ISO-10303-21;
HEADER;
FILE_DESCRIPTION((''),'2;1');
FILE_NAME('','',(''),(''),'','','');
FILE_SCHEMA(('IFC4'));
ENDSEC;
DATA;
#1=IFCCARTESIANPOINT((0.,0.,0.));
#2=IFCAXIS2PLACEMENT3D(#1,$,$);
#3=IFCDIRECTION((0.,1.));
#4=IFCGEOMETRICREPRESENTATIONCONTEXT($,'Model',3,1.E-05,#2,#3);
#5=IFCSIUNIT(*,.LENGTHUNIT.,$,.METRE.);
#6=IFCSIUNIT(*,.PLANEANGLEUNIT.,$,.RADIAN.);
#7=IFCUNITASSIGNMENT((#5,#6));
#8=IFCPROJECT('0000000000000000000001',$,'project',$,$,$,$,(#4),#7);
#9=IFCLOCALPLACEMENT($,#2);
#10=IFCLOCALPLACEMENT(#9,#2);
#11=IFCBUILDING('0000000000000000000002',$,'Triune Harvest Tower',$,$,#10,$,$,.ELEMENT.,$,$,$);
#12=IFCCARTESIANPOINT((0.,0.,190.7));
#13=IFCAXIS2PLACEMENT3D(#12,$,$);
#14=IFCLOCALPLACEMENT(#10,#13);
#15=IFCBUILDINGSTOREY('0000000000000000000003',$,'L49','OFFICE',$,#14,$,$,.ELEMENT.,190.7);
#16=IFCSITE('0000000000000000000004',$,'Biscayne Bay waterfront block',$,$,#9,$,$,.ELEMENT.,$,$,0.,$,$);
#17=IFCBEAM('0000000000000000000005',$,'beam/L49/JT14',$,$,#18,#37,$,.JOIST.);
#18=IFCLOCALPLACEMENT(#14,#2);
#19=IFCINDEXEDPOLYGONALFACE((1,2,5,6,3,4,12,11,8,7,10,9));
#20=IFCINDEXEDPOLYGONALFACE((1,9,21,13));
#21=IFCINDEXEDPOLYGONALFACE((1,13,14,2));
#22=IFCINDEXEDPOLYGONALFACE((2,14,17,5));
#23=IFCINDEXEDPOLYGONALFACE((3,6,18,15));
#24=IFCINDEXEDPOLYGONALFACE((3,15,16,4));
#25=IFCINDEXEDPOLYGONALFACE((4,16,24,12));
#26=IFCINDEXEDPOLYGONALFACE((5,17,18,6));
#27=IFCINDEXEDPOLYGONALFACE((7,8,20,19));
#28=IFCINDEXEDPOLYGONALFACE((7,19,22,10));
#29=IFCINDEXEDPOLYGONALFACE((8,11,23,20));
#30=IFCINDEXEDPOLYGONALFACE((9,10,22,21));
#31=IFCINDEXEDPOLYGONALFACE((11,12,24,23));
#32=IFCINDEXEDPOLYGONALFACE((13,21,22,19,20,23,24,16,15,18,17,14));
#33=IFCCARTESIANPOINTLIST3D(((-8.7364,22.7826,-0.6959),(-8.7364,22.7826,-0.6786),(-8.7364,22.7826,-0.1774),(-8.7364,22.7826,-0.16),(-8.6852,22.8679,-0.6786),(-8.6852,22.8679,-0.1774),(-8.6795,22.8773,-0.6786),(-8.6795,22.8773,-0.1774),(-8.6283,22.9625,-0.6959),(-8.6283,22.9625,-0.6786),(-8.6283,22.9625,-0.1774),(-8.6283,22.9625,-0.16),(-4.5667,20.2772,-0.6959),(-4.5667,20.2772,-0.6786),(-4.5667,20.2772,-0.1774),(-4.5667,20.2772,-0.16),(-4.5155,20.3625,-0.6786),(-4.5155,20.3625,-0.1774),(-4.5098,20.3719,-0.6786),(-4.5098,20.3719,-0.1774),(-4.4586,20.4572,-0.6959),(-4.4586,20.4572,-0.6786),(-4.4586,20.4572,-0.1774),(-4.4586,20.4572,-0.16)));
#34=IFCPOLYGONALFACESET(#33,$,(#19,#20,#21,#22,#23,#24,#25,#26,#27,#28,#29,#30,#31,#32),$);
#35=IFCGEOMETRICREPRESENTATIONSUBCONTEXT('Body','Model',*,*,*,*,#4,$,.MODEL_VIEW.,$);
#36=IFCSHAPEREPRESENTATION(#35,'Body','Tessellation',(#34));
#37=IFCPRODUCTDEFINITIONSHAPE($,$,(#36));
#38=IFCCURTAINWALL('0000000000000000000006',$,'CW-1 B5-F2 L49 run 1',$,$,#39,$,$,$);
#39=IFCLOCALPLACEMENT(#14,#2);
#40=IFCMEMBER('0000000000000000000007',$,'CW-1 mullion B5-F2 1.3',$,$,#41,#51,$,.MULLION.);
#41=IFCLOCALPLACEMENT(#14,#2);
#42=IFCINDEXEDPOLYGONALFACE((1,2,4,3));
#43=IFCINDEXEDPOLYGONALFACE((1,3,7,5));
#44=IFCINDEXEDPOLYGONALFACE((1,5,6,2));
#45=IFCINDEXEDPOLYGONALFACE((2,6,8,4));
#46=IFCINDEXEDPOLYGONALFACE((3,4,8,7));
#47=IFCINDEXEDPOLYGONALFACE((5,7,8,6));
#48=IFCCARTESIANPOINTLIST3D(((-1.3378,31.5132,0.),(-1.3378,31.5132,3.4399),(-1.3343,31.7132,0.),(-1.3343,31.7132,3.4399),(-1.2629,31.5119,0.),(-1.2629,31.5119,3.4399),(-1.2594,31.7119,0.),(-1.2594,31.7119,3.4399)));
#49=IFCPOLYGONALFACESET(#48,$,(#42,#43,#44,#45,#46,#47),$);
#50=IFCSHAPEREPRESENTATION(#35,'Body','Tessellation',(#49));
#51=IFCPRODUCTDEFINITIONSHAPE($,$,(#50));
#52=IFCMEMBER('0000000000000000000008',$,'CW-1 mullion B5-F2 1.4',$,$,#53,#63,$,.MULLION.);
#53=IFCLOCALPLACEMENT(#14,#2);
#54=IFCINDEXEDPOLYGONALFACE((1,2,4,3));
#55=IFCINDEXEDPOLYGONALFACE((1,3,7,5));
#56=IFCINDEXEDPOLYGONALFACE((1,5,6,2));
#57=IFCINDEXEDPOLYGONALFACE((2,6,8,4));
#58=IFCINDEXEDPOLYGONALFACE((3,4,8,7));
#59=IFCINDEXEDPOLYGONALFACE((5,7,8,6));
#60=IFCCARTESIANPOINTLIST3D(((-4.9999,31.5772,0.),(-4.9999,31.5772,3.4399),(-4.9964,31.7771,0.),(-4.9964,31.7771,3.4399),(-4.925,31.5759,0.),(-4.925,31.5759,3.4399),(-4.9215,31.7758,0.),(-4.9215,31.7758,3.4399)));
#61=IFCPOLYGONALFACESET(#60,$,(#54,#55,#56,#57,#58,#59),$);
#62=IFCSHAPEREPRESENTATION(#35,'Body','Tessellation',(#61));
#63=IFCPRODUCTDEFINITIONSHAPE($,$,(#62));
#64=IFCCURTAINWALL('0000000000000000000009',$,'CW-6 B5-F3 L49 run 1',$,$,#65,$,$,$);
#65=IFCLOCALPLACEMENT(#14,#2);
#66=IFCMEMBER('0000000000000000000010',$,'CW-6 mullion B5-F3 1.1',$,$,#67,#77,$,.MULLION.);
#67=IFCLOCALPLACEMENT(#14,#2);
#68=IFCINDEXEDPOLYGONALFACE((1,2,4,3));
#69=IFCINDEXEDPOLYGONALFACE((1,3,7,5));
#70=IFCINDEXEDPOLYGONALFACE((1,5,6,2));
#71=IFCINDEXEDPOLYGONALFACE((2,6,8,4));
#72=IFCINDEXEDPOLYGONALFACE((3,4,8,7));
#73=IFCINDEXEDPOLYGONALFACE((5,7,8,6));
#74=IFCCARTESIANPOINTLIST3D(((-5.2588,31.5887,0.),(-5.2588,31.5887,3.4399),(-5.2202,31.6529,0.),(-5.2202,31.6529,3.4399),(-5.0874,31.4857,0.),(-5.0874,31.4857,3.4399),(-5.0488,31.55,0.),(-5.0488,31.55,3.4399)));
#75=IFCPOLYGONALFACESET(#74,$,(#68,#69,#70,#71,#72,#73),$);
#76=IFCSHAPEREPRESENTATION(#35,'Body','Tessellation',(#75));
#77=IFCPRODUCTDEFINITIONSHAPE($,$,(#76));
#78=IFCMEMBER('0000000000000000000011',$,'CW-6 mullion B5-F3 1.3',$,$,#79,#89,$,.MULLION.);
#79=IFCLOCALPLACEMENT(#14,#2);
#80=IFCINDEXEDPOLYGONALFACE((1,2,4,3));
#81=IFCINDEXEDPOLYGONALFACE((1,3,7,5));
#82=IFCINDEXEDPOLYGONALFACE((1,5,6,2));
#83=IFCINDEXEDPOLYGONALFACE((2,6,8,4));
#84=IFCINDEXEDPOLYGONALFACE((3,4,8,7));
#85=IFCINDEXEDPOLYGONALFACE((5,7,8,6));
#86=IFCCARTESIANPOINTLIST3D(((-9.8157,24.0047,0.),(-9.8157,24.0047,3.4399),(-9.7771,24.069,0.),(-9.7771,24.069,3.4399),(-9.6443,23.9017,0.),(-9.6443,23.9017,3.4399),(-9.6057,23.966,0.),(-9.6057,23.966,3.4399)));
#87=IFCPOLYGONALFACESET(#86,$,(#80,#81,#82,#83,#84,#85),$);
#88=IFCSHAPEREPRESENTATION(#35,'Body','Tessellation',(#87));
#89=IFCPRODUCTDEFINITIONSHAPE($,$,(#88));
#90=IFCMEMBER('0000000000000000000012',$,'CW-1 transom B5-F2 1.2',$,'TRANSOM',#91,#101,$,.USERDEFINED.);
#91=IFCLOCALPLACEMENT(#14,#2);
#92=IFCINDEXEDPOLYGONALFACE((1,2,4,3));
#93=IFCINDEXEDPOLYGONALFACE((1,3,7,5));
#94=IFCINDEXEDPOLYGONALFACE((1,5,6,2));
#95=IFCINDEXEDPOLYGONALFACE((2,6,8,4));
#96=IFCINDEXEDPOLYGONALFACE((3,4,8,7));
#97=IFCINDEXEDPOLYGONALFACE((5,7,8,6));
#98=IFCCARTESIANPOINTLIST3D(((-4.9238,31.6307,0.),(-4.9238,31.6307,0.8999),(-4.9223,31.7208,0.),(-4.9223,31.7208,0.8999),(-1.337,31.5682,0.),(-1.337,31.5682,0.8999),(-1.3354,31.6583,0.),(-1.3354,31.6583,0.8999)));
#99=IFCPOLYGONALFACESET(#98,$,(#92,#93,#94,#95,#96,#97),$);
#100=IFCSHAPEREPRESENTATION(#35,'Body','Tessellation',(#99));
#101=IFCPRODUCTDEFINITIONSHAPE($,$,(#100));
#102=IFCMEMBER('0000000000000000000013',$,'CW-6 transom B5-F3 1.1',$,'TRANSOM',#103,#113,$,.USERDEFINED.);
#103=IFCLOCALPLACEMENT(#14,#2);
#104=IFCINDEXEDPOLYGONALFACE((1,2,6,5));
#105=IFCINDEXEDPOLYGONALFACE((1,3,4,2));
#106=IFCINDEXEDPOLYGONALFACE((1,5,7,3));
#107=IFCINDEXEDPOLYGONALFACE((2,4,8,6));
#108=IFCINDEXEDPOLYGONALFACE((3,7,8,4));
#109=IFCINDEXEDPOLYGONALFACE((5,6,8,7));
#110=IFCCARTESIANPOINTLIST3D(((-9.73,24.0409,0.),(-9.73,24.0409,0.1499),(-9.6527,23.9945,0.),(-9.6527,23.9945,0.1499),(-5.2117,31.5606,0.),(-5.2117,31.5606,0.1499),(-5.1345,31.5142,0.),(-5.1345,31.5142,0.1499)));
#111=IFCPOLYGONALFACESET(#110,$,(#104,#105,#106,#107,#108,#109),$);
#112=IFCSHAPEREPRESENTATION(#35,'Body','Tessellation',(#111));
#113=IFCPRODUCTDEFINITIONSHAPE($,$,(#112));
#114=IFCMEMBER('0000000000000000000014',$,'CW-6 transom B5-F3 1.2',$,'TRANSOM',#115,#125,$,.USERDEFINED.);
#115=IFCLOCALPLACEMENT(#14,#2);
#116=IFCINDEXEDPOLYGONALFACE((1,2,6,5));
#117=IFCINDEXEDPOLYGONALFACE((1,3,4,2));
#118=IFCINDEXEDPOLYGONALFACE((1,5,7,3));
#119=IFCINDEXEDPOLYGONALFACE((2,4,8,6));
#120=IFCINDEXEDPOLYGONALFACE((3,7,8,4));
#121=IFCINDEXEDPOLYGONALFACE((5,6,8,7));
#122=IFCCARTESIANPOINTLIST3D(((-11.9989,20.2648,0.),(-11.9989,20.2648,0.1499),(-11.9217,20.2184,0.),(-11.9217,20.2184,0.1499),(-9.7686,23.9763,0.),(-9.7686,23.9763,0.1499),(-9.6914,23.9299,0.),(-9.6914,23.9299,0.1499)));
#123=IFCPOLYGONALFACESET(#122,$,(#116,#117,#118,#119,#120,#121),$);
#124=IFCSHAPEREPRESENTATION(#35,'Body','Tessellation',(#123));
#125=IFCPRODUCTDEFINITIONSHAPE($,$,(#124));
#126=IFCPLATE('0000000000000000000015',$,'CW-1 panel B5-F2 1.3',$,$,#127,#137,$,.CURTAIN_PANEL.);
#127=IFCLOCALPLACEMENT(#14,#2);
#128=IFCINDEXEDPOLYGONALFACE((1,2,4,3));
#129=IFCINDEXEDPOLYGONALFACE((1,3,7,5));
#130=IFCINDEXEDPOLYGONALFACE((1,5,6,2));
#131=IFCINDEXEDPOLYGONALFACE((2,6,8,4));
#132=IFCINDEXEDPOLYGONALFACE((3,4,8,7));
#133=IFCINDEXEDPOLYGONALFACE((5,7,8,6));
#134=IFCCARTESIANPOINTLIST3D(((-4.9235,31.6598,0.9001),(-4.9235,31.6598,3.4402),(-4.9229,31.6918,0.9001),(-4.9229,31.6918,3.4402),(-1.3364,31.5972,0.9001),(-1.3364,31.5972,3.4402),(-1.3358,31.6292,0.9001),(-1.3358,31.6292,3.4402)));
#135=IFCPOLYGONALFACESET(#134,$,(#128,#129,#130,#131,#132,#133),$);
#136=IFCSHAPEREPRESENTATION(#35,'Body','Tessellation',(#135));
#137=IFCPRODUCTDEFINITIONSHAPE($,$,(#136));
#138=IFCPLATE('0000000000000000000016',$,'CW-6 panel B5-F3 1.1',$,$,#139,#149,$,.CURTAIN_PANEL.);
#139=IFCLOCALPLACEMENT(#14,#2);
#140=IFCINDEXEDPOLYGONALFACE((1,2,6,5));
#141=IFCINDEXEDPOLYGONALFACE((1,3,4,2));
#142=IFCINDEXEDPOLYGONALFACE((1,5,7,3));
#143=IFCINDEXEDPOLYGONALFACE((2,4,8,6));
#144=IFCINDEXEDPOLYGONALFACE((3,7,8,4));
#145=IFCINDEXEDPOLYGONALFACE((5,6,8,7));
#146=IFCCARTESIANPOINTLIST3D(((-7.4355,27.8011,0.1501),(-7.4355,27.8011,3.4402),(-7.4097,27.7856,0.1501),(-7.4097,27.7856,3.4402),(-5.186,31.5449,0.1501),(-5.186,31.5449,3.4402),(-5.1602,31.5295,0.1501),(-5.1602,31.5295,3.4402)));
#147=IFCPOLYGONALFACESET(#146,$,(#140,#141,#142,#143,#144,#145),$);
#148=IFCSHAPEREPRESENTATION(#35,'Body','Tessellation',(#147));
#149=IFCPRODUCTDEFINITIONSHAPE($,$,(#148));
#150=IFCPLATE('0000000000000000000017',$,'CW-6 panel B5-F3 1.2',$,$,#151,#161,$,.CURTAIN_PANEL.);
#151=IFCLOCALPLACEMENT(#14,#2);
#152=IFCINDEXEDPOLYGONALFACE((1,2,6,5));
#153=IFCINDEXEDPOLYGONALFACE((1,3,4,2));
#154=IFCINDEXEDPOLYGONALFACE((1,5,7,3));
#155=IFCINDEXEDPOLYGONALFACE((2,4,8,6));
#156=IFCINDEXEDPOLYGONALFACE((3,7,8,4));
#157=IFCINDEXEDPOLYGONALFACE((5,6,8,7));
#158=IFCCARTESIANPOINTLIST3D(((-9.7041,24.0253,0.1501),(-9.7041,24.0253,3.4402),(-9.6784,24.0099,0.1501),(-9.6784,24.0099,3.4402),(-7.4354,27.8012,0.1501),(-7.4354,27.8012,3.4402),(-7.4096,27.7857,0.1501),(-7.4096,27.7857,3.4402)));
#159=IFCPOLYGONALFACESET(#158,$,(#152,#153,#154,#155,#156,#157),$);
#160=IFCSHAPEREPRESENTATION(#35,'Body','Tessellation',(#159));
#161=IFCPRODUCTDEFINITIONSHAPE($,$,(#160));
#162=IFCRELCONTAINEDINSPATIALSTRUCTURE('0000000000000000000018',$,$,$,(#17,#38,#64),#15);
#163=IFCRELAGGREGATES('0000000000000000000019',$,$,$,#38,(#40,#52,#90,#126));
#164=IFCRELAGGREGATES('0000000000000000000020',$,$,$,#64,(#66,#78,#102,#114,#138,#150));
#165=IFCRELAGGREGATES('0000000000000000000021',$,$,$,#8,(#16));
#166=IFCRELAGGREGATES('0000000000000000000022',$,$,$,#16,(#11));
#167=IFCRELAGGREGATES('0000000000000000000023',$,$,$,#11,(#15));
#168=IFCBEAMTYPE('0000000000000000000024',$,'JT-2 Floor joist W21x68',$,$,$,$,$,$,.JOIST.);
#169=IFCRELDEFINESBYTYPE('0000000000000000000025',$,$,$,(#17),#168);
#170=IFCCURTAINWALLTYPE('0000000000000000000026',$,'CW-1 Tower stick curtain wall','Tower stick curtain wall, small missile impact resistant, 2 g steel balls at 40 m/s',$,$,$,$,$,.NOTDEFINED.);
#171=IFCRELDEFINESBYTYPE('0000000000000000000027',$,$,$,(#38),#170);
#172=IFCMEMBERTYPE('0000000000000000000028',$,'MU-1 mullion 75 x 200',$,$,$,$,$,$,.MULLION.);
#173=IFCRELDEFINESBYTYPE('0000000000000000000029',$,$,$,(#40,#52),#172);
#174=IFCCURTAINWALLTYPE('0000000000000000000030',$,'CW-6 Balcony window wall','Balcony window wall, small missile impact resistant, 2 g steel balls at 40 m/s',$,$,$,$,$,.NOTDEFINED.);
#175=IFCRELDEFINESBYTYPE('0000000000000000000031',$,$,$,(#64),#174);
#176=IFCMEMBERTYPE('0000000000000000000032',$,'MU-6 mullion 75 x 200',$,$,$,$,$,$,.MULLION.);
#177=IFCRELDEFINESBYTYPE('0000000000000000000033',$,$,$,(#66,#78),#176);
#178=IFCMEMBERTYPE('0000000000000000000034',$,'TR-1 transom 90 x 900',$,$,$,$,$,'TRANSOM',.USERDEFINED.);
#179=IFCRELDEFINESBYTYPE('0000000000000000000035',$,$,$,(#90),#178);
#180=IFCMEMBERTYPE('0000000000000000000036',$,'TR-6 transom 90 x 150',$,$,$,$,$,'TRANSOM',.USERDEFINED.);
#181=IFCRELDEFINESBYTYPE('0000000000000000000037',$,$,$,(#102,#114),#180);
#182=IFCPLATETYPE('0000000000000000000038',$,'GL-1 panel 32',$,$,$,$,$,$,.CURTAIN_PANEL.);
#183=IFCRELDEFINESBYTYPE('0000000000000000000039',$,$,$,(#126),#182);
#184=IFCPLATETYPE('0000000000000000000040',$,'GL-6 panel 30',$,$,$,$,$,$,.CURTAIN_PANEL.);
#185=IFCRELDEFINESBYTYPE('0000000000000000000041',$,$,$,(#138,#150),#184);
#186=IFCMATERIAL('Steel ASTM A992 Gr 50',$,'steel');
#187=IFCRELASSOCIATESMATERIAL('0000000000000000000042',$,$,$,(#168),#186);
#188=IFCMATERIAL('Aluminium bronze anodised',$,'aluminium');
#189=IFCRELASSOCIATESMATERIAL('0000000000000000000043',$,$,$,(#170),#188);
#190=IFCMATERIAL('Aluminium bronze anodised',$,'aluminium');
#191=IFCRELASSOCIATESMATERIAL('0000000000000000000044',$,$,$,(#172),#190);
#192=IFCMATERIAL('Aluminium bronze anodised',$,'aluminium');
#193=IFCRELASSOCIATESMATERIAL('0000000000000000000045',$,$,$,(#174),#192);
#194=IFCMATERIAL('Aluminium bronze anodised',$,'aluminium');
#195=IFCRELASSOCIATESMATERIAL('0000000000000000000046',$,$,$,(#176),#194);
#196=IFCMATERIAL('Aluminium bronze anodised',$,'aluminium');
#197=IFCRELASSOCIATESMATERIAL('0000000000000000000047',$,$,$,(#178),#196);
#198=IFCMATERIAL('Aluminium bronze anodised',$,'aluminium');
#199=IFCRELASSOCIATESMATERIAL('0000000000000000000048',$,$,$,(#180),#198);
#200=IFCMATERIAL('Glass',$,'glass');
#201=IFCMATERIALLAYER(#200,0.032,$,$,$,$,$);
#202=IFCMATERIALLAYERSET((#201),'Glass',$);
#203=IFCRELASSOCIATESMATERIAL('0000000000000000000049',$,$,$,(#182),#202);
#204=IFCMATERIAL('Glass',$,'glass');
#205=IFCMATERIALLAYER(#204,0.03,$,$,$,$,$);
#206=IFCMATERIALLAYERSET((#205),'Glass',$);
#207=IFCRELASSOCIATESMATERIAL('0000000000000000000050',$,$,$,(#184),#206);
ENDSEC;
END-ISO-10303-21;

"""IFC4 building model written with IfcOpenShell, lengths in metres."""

from ifc_helpers import new_model, si_unit, direction, frame, origin, origin_2d, place, context, subcontext, project, spatial, rectangle, i_section, extrude, source, transform, mapped, material, layer, layer_set, material_profile, profile_set, type_object, element, aggregate, save


model = new_model("IFC4")

# Units and contexts
model_context = context("Model", 3, precision=1e-05, world=origin(), true_north=direction((0.0, 1.0)))
body_context = subcontext(model_context, "Body", "Model", "MODEL_VIEW")
ifc_project = project(units=[si_unit("LENGTHUNIT", "METRE"), si_unit("PLANEANGLEUNIT", "RADIAN")], contexts=[model_context])

# Site, building, storey
site_placement = place(None, origin())
site = spatial("IfcSite", under=ifc_project, at=site_placement, Name="Biscayne Bay waterfront block", CompositionType="ELEMENT", RefElevation=0.0)
building_placement = place(site_placement, origin())
building = spatial("IfcBuilding", under=site, at=building_placement, Name="Triune Harvest Tower", CompositionType="ELEMENT")
storey_placement = place(building_placement, frame((0.0, 0.0, 190.7)))
storey = spatial("IfcBuildingStorey", under=building, at=storey_placement, Name="L49", Description="OFFICE", CompositionType="ELEMENT", Elevation=190.7)

# Beam
ifc_material_1 = material(Name="Steel ASTM A992 Gr 50", Category="steel")
ifc_material_profile_1 = material_profile(ifc_material_1, i_section(OverallWidth=0.21, OverallDepth=0.5359, WebThickness=0.011, FlangeThickness=0.0173, at=origin_2d()), Name="W21x68")
ifc_profile_set_1 = profile_set([ifc_material_profile_1], Name="Steel ASTM A992 Gr 50")
beam_type_1 = type_object("IfcBeamType", Name="JT-2 Floor joist W21x68", PredefinedType="JOIST", material=ifc_profile_set_1)
shared_shape_1 = source(origin(), body_context, "Body", "SweptSolid", [
    extrude(i_section(OverallWidth=0.21, OverallDepth=0.5359, WebThickness=0.011, FlangeThickness=0.0173, at=origin_2d()), origin(), (0.0, 0.0, 1.0), 4.8645),
])
beam_1_placement = place(storey_placement, frame((-8.6824, 22.8726, -0.428), z_axis=(0.857169, -0.515034, 0.0), x_axis=(0.515034, 0.857169, 0.0)))
element("IfcBeam", 1, at=beam_1_placement, inside=storey, type_object=beam_type_1, Name="beam/L49/JT14", PredefinedType="JOIST", context=body_context, shape_type="MappedRepresentation", body=[
    mapped(shared_shape_1, transform((0.0, 0.0, 0.0), scale=1.0)),
])

# Curtain walls, members
ifc_material_2 = material(Name="Aluminium bronze anodised", Category="aluminium")
curtain_wall_type_1 = type_object("IfcCurtainWallType", Name="CW-1 Tower stick curtain wall", Description="Tower stick curtain wall, small missile impact resistant, 2 g steel balls at 40 m/s", PredefinedType="NOTDEFINED", material=ifc_material_2)
curtain_wall_1_placement = place(storey_placement, origin())
curtain_wall_1 = element("IfcCurtainWall", 2, at=curtain_wall_1_placement, inside=storey, type_object=curtain_wall_type_1, Name="CW-1 B5-F2 L49 run 1")
ifc_material_3 = material(Name="Aluminium bronze anodised", Category="aluminium")
ifc_material_profile_2 = material_profile(ifc_material_3, rectangle(XDim=0.2, YDim=0.075, at=origin_2d()), Name="MU-1 mullion 75 x 200")
ifc_profile_set_2 = profile_set([ifc_material_profile_2], Name="Aluminium bronze anodised")
member_type_1 = type_object("IfcMemberType", Name="MU-1 mullion 75 x 200", PredefinedType="MULLION", material=ifc_profile_set_2)
shared_shape_2 = source(origin(), body_context, "Body", "SweptSolid", [
    extrude(rectangle(XDim=0.2, YDim=0.075, at=origin_2d()), origin(), (0.0, 0.0, 1.0), 3.4399),
])
member_1_placement = place(storey_placement, frame((-1.2986, 31.6125, 0.0), z_axis=(0.0, 0.0, 1.0), x_axis=(-0.017446, -0.999848, 0.0)))
member_1 = element("IfcMember", 3, at=member_1_placement, type_object=member_type_1, Name="CW-1 mullion B5-F2 1.3", PredefinedType="MULLION", context=body_context, shape_type="MappedRepresentation", body=[
    mapped(shared_shape_2, transform((0.0, 0.0, 0.0), scale=1.0)),
])
member_2_placement = place(storey_placement, frame((-4.9607, 31.6765, 0.0), z_axis=(0.0, 0.0, 1.0), x_axis=(-0.017446, -0.999848, 0.0)))
member_2 = element("IfcMember", 4, at=member_2_placement, type_object=member_type_1, Name="CW-1 mullion B5-F2 1.4", PredefinedType="MULLION", context=body_context, shape_type="MappedRepresentation", body=[
    mapped(shared_shape_2, transform((0.0, 0.0, 0.0), scale=1.0)),
])
ifc_material_4 = material(Name="Aluminium bronze anodised", Category="aluminium")
curtain_wall_type_2 = type_object("IfcCurtainWallType", Name="CW-6 Balcony window wall", Description="Balcony window wall, small missile impact resistant, 2 g steel balls at 40 m/s", PredefinedType="NOTDEFINED", material=ifc_material_4)
curtain_wall_2_placement = place(storey_placement, origin())
curtain_wall_2 = element("IfcCurtainWall", 5, at=curtain_wall_2_placement, inside=storey, type_object=curtain_wall_type_2, Name="CW-6 B5-F3 L49 run 1")
ifc_material_5 = material(Name="Aluminium bronze anodised", Category="aluminium")
ifc_material_profile_3 = material_profile(ifc_material_5, rectangle(XDim=0.2, YDim=0.075, at=origin_2d()), Name="MU-6 mullion 75 x 200")
ifc_profile_set_3 = profile_set([ifc_material_profile_3], Name="Aluminium bronze anodised")
member_type_2 = type_object("IfcMemberType", Name="MU-6 mullion 75 x 200", PredefinedType="MULLION", material=ifc_profile_set_3)
shared_shape_3 = source(origin(), body_context, "Body", "SweptSolid", [
    extrude(rectangle(XDim=0.2, YDim=0.075, at=origin_2d()), origin(), (0.0, 0.0, 1.0), 3.4399),
])
member_3_placement = place(storey_placement, frame((-5.1538, 31.5693, 0.0), z_axis=(0.0, 0.0, 1.0), x_axis=(0.857169, -0.515036, 0.0)))
member_3 = element("IfcMember", 6, at=member_3_placement, type_object=member_type_2, Name="CW-6 mullion B5-F3 1.1", PredefinedType="MULLION", context=body_context, shape_type="MappedRepresentation", body=[
    mapped(shared_shape_3, transform((0.0, 0.0, 0.0), scale=1.0)),
])
member_4_placement = place(storey_placement, frame((-9.7107, 23.9854, 0.0), z_axis=(0.0, 0.0, 1.0), x_axis=(0.857169, -0.515036, 0.0)))
member_4 = element("IfcMember", 7, at=member_4_placement, type_object=member_type_2, Name="CW-6 mullion B5-F3 1.3", PredefinedType="MULLION", context=body_context, shape_type="MappedRepresentation", body=[
    mapped(shared_shape_3, transform((0.0, 0.0, 0.0), scale=1.0)),
])

# Members
ifc_material_6 = material(Name="Aluminium bronze anodised", Category="aluminium")
ifc_material_profile_4 = material_profile(ifc_material_6, rectangle(XDim=0.0901, YDim=0.8999, at=origin_2d()), Name="TR-1 transom 90 x 900")
ifc_profile_set_4 = profile_set([ifc_material_profile_4], Name="Aluminium bronze anodised")
member_type_3 = type_object("IfcMemberType", Name="TR-1 transom 90 x 900", ElementType="TRANSOM", PredefinedType="USERDEFINED", material=ifc_profile_set_4)
shared_shape_4 = source(origin(), body_context, "Body", "SweptSolid", [
    extrude(rectangle(XDim=0.0901, YDim=0.8999, at=origin_2d()), origin(), (0.0, 0.0, 1.0), 3.5874),
])
member_5_placement = place(storey_placement, frame((-1.3362, 31.6133, 0.45), z_axis=(-0.999848, 0.017422, 0.0), x_axis=(-0.017422, -0.999848, 0.0)))
member_5 = element("IfcMember", 8, at=member_5_placement, type_object=member_type_3, Name="CW-1 transom B5-F2 1.2", ObjectType="TRANSOM", PredefinedType="USERDEFINED", context=body_context, shape_type="MappedRepresentation", body=[
    mapped(shared_shape_4, transform((0.0, 0.0, 0.0), scale=1.0)),
])
ifc_material_7 = material(Name="Aluminium bronze anodised", Category="aluminium")
ifc_material_profile_5 = material_profile(ifc_material_7, rectangle(XDim=0.0901, YDim=0.1499, at=origin_2d()), Name="TR-6 transom 90 x 150")
ifc_profile_set_5 = profile_set([ifc_material_profile_5], Name="Aluminium bronze anodised")
member_type_4 = type_object("IfcMemberType", Name="TR-6 transom 90 x 150", ElementType="TRANSOM", PredefinedType="USERDEFINED", material=ifc_profile_set_5)
shared_shape_5 = source(origin(), body_context, "Body", "SweptSolid", [
    extrude(rectangle(XDim=0.0901, YDim=0.1499, at=origin_2d()), origin(), (0.0, 0.0, 1.0), 8.7727),
])
member_6_placement = place(storey_placement, frame((-5.1731, 31.5374, 0.075), z_axis=(-0.515036, -0.857169, 0.0), x_axis=(0.857169, -0.515036, 0.0)))
member_6 = element("IfcMember", 9, at=member_6_placement, type_object=member_type_4, Name="CW-6 transom B5-F3 1.1", ObjectType="TRANSOM", PredefinedType="USERDEFINED", context=body_context, shape_type="MappedRepresentation", body=[
    mapped(shared_shape_5, transform((0.0, 0.0, 0.0), scale=1.0)),
])
shared_shape_6 = source(origin(), body_context, "Body", "SweptSolid", [
    extrude(rectangle(XDim=0.0901, YDim=0.1499, at=origin_2d()), origin(), (0.0, 0.0, 1.0), 4.3301),
])
member_7_placement = place(storey_placement, frame((-9.73, 23.9531, 0.075), z_axis=(-0.515068, -0.857149, 0.0), x_axis=(0.857149, -0.515068, 0.0)))
member_7 = element("IfcMember", 10, at=member_7_placement, type_object=member_type_4, Name="CW-6 transom B5-F3 1.2", ObjectType="TRANSOM", PredefinedType="USERDEFINED", context=body_context, shape_type="MappedRepresentation", body=[
    mapped(shared_shape_6, transform((0.0, 0.0, 0.0), scale=1.0)),
])

# Plates
ifc_material_8 = material(Name="Glass", Category="glass")
ifc_layer_1 = layer(ifc_material_8, 0.032)
ifc_layer_set_1 = layer_set([ifc_layer_1], Name="Glass")
plate_type_1 = type_object("IfcPlateType", Name="GL-1 panel 32", PredefinedType="CURTAIN_PANEL", material=ifc_layer_set_1)
shared_shape_7 = source(origin(), body_context, "Body", "SweptSolid", [
    extrude(rectangle(XDim=3.5876, YDim=0.032, at=origin_2d()), origin(), (0.0, 0.0, 1.0), 2.54),
])
plate_1_placement = place(storey_placement, frame((-3.1296, 31.6445, 0.9001), z_axis=(0.0, 0.0, 1.0), x_axis=(-0.999848, 0.017446, 0.0)))
plate_1 = element("IfcPlate", 11, at=plate_1_placement, type_object=plate_type_1, Name="CW-1 panel B5-F2 1.3", PredefinedType="CURTAIN_PANEL", context=body_context, shape_type="MappedRepresentation", body=[
    mapped(shared_shape_7, transform((0.0, 0.0, 0.0), scale=1.0)),
])
aggregate(curtain_wall_1, [member_1, member_2, member_5, plate_1])
ifc_material_9 = material(Name="Glass", Category="glass")
ifc_layer_2 = layer(ifc_material_9, 0.03)
ifc_layer_set_2 = layer_set([ifc_layer_2], Name="Glass")
plate_type_2 = type_object("IfcPlateType", Name="GL-6 panel 30", PredefinedType="CURTAIN_PANEL", material=ifc_layer_set_2)
shared_shape_8 = source(origin(), body_context, "Body", "SweptSolid", [
    extrude(rectangle(XDim=4.3677, YDim=0.03, at=origin_2d()), origin(), (0.0, 0.0, 1.0), 3.29),
])
plate_2_placement = place(storey_placement, frame((-6.2979, 29.6653, 0.1501), z_axis=(0.0, 0.0, 1.0), x_axis=(-0.515036, -0.857169, 0.0)))
plate_2 = element("IfcPlate", 12, at=plate_2_placement, type_object=plate_type_2, Name="CW-6 panel B5-F3 1.1", PredefinedType="CURTAIN_PANEL", context=body_context, shape_type="MappedRepresentation", body=[
    mapped(shared_shape_8, transform((0.0, 0.0, 0.0), scale=1.0)),
])
shared_shape_9 = source(origin(), body_context, "Body", "SweptSolid", [
    extrude(rectangle(XDim=4.405, YDim=0.03, at=origin_2d()), origin(), (0.0, 0.0, 1.0), 3.29),
])
plate_3_placement = place(storey_placement, frame((-8.5569, 25.9055, 0.1501), z_axis=(0.0, 0.0, 1.0), x_axis=(-0.515036, -0.857169, 0.0)))
plate_3 = element("IfcPlate", 13, at=plate_3_placement, type_object=plate_type_2, Name="CW-6 panel B5-F3 1.2", PredefinedType="CURTAIN_PANEL", context=body_context, shape_type="MappedRepresentation", body=[
    mapped(shared_shape_9, transform((0.0, 0.0, 0.0), scale=1.0)),
])
aggregate(curtain_wall_2, [member_3, member_4, member_6, member_7, plate_2, plate_3])

save(model, "model.ifc")
